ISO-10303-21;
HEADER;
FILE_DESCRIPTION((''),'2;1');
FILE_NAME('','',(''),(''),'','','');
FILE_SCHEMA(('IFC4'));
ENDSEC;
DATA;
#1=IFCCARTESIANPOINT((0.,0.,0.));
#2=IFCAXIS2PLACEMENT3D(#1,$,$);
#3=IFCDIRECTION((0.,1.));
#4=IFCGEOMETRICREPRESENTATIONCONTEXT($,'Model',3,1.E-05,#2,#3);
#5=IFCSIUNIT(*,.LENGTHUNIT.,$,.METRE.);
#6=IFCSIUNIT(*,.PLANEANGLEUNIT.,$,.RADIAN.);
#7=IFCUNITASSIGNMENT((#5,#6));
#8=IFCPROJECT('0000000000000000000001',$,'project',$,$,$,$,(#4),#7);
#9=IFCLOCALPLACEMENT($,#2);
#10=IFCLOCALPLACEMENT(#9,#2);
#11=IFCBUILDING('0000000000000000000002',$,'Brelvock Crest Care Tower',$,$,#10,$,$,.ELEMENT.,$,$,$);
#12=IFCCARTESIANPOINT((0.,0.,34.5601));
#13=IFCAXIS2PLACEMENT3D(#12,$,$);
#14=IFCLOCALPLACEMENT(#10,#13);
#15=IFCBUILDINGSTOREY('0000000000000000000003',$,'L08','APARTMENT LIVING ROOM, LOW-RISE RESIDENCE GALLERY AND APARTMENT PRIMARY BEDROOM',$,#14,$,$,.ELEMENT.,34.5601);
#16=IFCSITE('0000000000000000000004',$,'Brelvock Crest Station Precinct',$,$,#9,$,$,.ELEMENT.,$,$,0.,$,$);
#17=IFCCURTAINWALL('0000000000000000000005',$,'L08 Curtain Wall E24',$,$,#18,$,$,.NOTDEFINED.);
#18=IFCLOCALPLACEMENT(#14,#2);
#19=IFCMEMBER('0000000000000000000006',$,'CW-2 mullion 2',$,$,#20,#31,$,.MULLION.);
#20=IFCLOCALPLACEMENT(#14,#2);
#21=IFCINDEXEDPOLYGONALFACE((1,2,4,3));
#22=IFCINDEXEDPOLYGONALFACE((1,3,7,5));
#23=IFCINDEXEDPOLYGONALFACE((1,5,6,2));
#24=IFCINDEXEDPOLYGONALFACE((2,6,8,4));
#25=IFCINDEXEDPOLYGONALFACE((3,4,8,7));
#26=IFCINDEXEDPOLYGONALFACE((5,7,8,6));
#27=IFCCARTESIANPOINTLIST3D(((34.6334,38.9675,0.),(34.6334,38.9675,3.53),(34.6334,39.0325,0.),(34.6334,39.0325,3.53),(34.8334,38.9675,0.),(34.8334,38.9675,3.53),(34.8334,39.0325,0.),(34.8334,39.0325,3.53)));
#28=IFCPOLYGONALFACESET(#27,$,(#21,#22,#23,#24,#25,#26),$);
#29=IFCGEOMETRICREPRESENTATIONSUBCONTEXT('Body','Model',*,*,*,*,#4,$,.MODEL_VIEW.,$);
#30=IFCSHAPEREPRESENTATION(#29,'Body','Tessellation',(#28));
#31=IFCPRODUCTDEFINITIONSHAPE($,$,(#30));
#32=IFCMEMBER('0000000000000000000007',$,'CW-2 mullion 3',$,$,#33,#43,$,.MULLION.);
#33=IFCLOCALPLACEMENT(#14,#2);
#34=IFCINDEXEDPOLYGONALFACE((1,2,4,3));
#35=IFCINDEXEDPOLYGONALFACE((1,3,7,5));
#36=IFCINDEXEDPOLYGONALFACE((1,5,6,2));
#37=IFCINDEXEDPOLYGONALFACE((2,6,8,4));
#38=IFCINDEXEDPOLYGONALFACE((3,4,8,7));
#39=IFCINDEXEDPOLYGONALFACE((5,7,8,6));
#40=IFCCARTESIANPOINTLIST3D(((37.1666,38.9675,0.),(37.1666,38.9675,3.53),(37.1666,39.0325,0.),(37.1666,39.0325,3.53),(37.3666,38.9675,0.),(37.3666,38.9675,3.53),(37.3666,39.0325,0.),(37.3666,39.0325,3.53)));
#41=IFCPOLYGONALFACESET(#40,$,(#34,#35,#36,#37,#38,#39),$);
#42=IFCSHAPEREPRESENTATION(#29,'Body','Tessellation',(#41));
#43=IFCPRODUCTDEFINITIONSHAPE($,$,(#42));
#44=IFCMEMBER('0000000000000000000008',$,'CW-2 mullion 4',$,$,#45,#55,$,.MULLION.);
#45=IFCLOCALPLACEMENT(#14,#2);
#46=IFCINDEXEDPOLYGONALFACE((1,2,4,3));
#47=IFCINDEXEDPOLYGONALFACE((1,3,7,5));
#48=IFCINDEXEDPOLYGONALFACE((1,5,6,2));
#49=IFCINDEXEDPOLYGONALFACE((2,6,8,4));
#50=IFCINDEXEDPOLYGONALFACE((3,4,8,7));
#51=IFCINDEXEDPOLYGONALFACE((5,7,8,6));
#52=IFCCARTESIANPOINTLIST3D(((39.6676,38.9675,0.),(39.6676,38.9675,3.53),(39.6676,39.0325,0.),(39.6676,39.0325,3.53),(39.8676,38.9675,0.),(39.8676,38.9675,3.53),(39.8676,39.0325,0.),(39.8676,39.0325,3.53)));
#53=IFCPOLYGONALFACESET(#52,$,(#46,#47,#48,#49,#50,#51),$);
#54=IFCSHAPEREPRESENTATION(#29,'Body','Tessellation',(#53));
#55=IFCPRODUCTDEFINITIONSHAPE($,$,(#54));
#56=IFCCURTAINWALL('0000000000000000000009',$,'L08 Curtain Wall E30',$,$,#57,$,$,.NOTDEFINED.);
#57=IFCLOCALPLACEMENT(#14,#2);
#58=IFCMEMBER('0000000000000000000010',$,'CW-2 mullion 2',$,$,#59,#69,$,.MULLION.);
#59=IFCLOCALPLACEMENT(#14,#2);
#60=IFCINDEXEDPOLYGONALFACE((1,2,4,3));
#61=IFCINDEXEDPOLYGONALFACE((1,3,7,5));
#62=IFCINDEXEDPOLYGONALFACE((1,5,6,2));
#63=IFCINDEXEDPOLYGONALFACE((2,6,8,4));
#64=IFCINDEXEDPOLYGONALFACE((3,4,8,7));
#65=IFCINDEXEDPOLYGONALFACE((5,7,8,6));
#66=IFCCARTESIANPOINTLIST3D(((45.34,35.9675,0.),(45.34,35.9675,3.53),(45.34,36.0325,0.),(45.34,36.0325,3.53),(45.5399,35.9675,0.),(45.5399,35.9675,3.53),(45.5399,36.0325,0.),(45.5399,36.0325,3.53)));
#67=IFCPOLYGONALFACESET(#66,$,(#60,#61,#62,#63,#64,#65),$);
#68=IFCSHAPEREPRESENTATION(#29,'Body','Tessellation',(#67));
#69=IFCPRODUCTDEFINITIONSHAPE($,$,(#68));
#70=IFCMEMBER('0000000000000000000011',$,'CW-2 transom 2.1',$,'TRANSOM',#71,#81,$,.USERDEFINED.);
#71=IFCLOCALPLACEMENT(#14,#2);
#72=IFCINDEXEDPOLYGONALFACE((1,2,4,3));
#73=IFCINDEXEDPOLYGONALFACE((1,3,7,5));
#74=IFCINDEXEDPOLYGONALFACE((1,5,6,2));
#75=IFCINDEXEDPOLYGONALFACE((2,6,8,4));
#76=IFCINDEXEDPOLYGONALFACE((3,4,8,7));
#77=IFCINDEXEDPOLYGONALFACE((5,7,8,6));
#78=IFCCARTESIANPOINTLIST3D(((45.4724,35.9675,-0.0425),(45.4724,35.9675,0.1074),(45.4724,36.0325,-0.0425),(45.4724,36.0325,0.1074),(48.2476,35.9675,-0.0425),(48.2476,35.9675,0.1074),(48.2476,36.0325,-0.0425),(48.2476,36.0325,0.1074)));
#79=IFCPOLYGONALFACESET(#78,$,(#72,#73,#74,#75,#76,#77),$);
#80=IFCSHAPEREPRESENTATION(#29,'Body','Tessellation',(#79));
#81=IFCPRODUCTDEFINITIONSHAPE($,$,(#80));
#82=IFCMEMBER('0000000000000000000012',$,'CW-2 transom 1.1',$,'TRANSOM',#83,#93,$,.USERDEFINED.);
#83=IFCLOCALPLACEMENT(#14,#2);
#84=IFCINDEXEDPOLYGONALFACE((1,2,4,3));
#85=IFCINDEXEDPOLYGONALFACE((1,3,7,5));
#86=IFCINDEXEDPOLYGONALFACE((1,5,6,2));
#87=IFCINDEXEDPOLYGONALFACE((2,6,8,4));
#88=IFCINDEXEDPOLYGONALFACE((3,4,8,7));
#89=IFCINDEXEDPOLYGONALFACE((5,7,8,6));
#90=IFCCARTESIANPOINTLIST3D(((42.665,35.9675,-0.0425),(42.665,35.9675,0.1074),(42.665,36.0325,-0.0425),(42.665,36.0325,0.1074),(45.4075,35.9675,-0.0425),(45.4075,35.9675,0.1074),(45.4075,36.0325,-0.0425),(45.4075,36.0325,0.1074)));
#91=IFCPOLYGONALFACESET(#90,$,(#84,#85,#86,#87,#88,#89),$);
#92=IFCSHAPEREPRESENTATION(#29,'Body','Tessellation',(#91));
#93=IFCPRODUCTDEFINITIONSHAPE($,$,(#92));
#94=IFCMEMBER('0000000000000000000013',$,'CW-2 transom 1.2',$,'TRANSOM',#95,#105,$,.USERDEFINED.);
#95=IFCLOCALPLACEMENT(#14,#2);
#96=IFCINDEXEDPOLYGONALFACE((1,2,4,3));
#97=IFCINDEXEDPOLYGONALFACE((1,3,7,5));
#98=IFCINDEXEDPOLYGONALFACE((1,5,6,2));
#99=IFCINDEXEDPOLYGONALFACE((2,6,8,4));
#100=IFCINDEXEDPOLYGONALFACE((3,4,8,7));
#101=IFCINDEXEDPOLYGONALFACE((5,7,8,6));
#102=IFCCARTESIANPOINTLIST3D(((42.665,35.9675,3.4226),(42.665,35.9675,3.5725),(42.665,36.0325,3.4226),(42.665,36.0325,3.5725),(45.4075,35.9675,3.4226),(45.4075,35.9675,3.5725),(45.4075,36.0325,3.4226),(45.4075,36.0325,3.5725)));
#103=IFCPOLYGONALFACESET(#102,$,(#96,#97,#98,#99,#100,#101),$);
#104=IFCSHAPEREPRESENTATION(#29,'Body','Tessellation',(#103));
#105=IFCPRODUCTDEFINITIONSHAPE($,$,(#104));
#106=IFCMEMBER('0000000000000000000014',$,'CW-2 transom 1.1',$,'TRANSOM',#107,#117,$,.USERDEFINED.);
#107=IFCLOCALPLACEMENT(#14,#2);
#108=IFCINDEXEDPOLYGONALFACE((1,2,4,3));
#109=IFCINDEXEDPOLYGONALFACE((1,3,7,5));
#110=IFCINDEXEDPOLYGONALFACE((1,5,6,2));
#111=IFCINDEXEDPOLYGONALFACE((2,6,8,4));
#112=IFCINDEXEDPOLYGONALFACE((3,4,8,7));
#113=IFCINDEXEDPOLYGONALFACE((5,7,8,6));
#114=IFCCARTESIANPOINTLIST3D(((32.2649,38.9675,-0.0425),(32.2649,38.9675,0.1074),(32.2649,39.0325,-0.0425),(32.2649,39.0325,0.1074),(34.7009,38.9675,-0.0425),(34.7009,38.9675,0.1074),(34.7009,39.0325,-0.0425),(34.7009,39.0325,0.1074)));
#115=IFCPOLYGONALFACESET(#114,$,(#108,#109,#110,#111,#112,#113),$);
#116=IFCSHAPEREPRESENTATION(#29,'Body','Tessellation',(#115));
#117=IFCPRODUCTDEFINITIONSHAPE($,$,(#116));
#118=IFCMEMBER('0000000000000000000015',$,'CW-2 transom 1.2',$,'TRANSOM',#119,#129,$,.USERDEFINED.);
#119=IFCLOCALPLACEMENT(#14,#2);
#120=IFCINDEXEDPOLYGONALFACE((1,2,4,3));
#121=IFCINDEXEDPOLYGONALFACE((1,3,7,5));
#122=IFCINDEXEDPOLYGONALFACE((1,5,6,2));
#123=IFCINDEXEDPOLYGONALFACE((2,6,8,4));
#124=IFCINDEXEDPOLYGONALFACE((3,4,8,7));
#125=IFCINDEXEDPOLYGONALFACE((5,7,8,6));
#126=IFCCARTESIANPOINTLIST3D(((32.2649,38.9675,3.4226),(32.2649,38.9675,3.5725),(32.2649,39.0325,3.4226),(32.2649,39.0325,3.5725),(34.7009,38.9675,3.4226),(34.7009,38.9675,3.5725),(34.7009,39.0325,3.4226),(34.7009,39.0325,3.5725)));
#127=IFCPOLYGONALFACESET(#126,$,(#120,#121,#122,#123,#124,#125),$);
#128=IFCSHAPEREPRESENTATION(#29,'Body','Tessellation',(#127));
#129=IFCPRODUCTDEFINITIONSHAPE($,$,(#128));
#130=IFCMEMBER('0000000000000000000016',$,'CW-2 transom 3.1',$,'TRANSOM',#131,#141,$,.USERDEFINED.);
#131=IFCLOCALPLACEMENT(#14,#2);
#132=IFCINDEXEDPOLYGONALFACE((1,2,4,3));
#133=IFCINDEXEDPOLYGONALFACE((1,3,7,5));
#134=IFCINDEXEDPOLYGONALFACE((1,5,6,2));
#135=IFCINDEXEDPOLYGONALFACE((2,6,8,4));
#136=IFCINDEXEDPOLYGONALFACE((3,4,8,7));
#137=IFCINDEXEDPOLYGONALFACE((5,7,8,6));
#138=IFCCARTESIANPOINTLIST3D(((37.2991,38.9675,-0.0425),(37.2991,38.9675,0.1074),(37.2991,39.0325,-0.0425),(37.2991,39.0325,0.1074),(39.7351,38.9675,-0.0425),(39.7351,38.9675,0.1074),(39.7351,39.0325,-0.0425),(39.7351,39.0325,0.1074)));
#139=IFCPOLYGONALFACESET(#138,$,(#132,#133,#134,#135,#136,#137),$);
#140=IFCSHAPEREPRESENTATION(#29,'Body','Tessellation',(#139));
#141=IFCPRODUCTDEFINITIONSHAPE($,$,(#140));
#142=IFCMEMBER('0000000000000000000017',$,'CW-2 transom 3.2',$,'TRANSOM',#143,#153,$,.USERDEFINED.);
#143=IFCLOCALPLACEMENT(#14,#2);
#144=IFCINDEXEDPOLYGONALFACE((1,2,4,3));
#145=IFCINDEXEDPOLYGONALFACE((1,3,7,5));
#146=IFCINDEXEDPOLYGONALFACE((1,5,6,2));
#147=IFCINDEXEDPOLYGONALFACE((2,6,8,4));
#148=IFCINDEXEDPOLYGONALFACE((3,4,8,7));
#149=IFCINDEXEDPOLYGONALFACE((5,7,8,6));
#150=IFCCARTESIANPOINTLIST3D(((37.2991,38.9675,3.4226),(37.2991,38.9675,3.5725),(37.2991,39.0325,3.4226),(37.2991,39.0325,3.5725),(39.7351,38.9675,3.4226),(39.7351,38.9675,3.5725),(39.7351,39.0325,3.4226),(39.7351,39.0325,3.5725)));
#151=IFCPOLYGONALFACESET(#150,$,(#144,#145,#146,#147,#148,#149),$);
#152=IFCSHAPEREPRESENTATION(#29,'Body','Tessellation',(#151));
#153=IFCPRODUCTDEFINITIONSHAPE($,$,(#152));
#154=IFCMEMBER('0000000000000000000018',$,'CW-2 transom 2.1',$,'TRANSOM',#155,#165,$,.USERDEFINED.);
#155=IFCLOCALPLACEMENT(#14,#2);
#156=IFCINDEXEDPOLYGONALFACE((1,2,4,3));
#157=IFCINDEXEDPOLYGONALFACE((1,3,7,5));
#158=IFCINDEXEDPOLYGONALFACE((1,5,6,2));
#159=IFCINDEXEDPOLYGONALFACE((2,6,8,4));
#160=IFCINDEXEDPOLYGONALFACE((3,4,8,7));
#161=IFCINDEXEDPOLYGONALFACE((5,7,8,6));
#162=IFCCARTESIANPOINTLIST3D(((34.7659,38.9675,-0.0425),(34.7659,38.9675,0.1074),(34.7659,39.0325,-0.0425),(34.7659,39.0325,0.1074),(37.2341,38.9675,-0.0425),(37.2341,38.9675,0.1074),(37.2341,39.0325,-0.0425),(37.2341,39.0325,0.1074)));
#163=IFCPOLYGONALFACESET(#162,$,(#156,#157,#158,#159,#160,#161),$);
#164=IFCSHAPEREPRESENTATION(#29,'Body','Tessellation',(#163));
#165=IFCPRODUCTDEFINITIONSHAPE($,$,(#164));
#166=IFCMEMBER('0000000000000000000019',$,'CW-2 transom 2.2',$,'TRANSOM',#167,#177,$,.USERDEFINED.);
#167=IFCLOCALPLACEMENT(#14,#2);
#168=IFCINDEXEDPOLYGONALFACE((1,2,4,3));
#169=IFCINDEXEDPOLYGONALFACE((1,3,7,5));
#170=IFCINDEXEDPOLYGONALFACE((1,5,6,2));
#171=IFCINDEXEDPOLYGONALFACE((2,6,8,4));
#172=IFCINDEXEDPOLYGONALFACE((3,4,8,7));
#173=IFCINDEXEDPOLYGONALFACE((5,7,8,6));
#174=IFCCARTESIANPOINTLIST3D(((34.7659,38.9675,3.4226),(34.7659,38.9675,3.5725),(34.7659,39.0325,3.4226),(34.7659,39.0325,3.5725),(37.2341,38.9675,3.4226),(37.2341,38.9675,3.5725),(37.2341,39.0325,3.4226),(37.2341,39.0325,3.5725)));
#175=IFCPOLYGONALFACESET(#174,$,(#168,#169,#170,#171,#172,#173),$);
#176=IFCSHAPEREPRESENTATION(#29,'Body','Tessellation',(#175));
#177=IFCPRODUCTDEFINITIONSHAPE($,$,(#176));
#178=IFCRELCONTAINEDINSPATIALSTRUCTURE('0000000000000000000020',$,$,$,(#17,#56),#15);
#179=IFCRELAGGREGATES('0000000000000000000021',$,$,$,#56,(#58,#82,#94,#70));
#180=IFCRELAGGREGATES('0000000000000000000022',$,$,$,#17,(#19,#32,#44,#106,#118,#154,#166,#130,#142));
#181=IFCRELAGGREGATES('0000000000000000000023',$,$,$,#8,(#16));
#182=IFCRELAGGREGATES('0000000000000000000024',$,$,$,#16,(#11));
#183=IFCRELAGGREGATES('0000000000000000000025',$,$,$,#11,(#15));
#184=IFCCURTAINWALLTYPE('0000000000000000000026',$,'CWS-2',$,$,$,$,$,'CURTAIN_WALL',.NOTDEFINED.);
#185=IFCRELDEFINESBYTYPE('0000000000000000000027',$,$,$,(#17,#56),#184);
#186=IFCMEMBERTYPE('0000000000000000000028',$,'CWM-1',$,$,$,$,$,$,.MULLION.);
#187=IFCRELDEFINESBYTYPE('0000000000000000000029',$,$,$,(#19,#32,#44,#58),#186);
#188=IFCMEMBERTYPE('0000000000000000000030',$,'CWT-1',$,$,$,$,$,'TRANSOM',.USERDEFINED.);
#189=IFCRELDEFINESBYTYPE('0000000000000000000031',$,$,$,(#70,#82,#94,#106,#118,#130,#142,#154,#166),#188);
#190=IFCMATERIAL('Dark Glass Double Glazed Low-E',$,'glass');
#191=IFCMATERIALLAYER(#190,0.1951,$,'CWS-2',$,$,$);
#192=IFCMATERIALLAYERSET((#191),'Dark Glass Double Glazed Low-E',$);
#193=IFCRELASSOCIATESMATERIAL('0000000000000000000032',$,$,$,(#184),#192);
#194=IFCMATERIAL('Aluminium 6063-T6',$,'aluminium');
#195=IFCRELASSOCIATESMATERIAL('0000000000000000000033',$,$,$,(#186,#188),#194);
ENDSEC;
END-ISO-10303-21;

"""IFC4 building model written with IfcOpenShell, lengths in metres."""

from ifc_helpers import new_model, si_unit, direction, frame, origin, origin_2d, place, context, subcontext, project, spatial, rectangle, extrude, source, transform, mapped, material, layer, layer_set, material_profile, profile_set, type_object, element, aggregate, save


model = new_model("IFC4")

# Units and contexts
model_context = context("Model", 3, precision=1e-05, world=origin(), true_north=direction((0.0, 1.0)))
body_context = subcontext(model_context, "Body", "Model", "MODEL_VIEW")
ifc_project = project(units=[si_unit("LENGTHUNIT", "METRE"), si_unit("PLANEANGLEUNIT", "RADIAN")], contexts=[model_context])

# Site, building, storey
site_placement = place(None, origin())
site = spatial("IfcSite", under=ifc_project, at=site_placement, Name="Brelvock Crest Station Precinct", CompositionType="ELEMENT", RefElevation=0.0)
building_placement = place(site_placement, origin())
building = spatial("IfcBuilding", under=site, at=building_placement, Name="Brelvock Crest Care Tower", CompositionType="ELEMENT")
storey_placement = place(building_placement, frame((0.0, 0.0, 34.5601)))
storey = spatial("IfcBuildingStorey", under=building, at=storey_placement, Name="L08", Description="APARTMENT LIVING ROOM, LOW-RISE RESIDENCE GALLERY AND APARTMENT PRIMARY BEDROOM", CompositionType="ELEMENT", Elevation=34.5601)

# Curtain walls, members
ifc_material_1 = material(Name="Dark Glass Double Glazed Low-E", Category="glass")
ifc_layer_1 = layer(ifc_material_1, 0.1951, Name="CWS-2")
ifc_layer_set_1 = layer_set([ifc_layer_1], Name="Dark Glass Double Glazed Low-E")
curtain_wall_type = type_object("IfcCurtainWallType", Name="CWS-2", ElementType="CURTAIN_WALL", PredefinedType="NOTDEFINED", material=ifc_layer_set_1)
curtain_wall_1_placement = place(storey_placement, origin())
curtain_wall_1 = element("IfcCurtainWall", 1, at=curtain_wall_1_placement, inside=storey, type_object=curtain_wall_type, Name="L08 Curtain Wall E24", PredefinedType="NOTDEFINED")
ifc_material_2 = material(Name="Aluminium 6063-T6", Category="aluminium")
ifc_material_profile_1 = material_profile(ifc_material_2, rectangle(XDim=0.0649, YDim=0.2, at=origin_2d()), Name="ALU65x200")
ifc_profile_set_1 = profile_set([ifc_material_profile_1], Name="Aluminium 6063-T6")
member_type_1 = type_object("IfcMemberType", Name="CWM-1", PredefinedType="MULLION", material=ifc_profile_set_1)
shared_shape_1 = source(origin(), body_context, "Body", "SweptSolid", [
    extrude(rectangle(XDim=0.0649, YDim=0.2, at=origin_2d()), origin(), (0.0, 0.0, 1.0), 3.53),
])
member_1_placement = place(storey_placement, frame((34.7334, 39.0, 0.0), z_axis=(0.0, 0.0, 1.0), x_axis=(0.0, 1.0, 0.0)))
member_1 = element("IfcMember", 2, at=member_1_placement, type_object=member_type_1, Name="CW-2 mullion 2", PredefinedType="MULLION", context=body_context, shape_type="MappedRepresentation", body=[
    mapped(shared_shape_1, transform((0.0, 0.0, 0.0), x_axis=(1.0, 0.0, 0.0), y_axis=(0.0, 1.0, 0.0), z_axis=(0.0, 0.0, 1.0), scale=1.0)),
])
member_2_placement = place(storey_placement, frame((37.2666, 39.0, 0.0), z_axis=(0.0, 0.0, 1.0), x_axis=(0.0, 1.0, 0.0)))
member_2 = element("IfcMember", 3, at=member_2_placement, type_object=member_type_1, Name="CW-2 mullion 3", PredefinedType="MULLION", context=body_context, shape_type="MappedRepresentation", body=[
    mapped(shared_shape_1, transform((0.0, 0.0, 0.0), x_axis=(1.0, 0.0, 0.0), y_axis=(0.0, 1.0, 0.0), z_axis=(0.0, 0.0, 1.0), scale=1.0)),
])
member_3_placement = place(storey_placement, frame((39.7676, 39.0, 0.0), z_axis=(0.0, 0.0, 1.0), x_axis=(0.0, 1.0, 0.0)))
member_3 = element("IfcMember", 4, at=member_3_placement, type_object=member_type_1, Name="CW-2 mullion 4", PredefinedType="MULLION", context=body_context, shape_type="MappedRepresentation", body=[
    mapped(shared_shape_1, transform((0.0, 0.0, 0.0), x_axis=(1.0, 0.0, 0.0), y_axis=(0.0, 1.0, 0.0), z_axis=(0.0, 0.0, 1.0), scale=1.0)),
])
curtain_wall_2_placement = place(storey_placement, origin())
curtain_wall_2 = element("IfcCurtainWall", 5, at=curtain_wall_2_placement, inside=storey, type_object=curtain_wall_type, Name="L08 Curtain Wall E30", PredefinedType="NOTDEFINED")
member_4_placement = place(storey_placement, frame((45.4399, 36.0, 0.0), z_axis=(0.0, 0.0, 1.0), x_axis=(0.0, 1.0, 0.0)))
member_4 = element("IfcMember", 6, at=member_4_placement, type_object=member_type_1, Name="CW-2 mullion 2", PredefinedType="MULLION", context=body_context, shape_type="MappedRepresentation", body=[
    mapped(shared_shape_1, transform((0.0, 0.0, 0.0), x_axis=(1.0, 0.0, 0.0), y_axis=(0.0, 1.0, 0.0), z_axis=(0.0, 0.0, 1.0), scale=1.0)),
])
ifc_material_profile_2 = material_profile(ifc_material_2, rectangle(XDim=0.0649, YDim=0.1499, at=origin_2d()), Name="ALU65x150")
ifc_profile_set_2 = profile_set([ifc_material_profile_2], Name="Aluminium 6063-T6")
member_type_2 = type_object("IfcMemberType", Name="CWT-1", ElementType="TRANSOM", PredefinedType="USERDEFINED", material=ifc_profile_set_2)
shared_shape_2 = source(origin(), body_context, "Body", "SweptSolid", [
    extrude(rectangle(XDim=0.0649, YDim=0.1499, at=origin_2d()), origin(), (0.0, 0.0, 1.0), 2.7751),
])
member_5_placement = place(storey_placement, frame((45.4724, 36.0, 0.0325), z_axis=(1.0, 0.0, 0.0), x_axis=(0.0, 1.0, 0.0)))
member_5 = element("IfcMember", 7, at=member_5_placement, type_object=member_type_2, Name="CW-2 transom 2.1", ObjectType="TRANSOM", PredefinedType="USERDEFINED", context=body_context, shape_type="MappedRepresentation", body=[
    mapped(shared_shape_2, transform((0.0, 0.0, 0.0), x_axis=(1.0, 0.0, 0.0), y_axis=(0.0, 1.0, 0.0), z_axis=(0.0, 0.0, 1.0), scale=1.0)),
])
shared_shape_3 = source(origin(), body_context, "Body", "SweptSolid", [
    extrude(rectangle(XDim=0.0649, YDim=0.1499, at=origin_2d()), origin(), (0.0, 0.0, 1.0), 2.7424),
])
member_6_placement = place(storey_placement, frame((42.665, 36.0, 0.0325), z_axis=(1.0, 0.0, 0.0), x_axis=(0.0, 1.0, 0.0)))
member_6 = element("IfcMember", 8, at=member_6_placement, type_object=member_type_2, Name="CW-2 transom 1.1", ObjectType="TRANSOM", PredefinedType="USERDEFINED", context=body_context, shape_type="MappedRepresentation", body=[
    mapped(shared_shape_3, transform((0.0, 0.0, 0.0), x_axis=(1.0, 0.0, 0.0), y_axis=(0.0, 1.0, 0.0), z_axis=(0.0, 0.0, 1.0), scale=1.0)),
])
member_7_placement = place(storey_placement, frame((42.665, 36.0, 3.4976), z_axis=(1.0, 0.0, 0.0), x_axis=(0.0, 1.0, 0.0)))
member_7 = element("IfcMember", 9, at=member_7_placement, type_object=member_type_2, Name="CW-2 transom 1.2", ObjectType="TRANSOM", PredefinedType="USERDEFINED", context=body_context, shape_type="MappedRepresentation", body=[
    mapped(shared_shape_3, transform((0.0, 0.0, 0.0), x_axis=(1.0, 0.0, 0.0), y_axis=(0.0, 1.0, 0.0), z_axis=(0.0, 0.0, 1.0), scale=1.0)),
])

# Members
shared_shape_4 = source(origin(), body_context, "Body", "SweptSolid", [
    extrude(rectangle(XDim=0.0649, YDim=0.1499, at=origin_2d()), origin(), (0.0, 0.0, 1.0), 2.436),
])
member_8_placement = place(storey_placement, frame((32.2649, 39.0, 0.0325), z_axis=(1.0, 0.0, 0.0), x_axis=(0.0, 1.0, 0.0)))
member_8 = element("IfcMember", 10, at=member_8_placement, type_object=member_type_2, Name="CW-2 transom 1.1", ObjectType="TRANSOM", PredefinedType="USERDEFINED", context=body_context, shape_type="MappedRepresentation", body=[
    mapped(shared_shape_4, transform((0.0, 0.0, 0.0), x_axis=(1.0, 0.0, 0.0), y_axis=(0.0, 1.0, 0.0), z_axis=(0.0, 0.0, 1.0), scale=1.0)),
])
member_9_placement = place(storey_placement, frame((32.2649, 39.0, 3.4976), z_axis=(1.0, 0.0, 0.0), x_axis=(0.0, 1.0, 0.0)))
member_9 = element("IfcMember", 11, at=member_9_placement, type_object=member_type_2, Name="CW-2 transom 1.2", ObjectType="TRANSOM", PredefinedType="USERDEFINED", context=body_context, shape_type="MappedRepresentation", body=[
    mapped(shared_shape_4, transform((0.0, 0.0, 0.0), x_axis=(1.0, 0.0, 0.0), y_axis=(0.0, 1.0, 0.0), z_axis=(0.0, 0.0, 1.0), scale=1.0)),
])
member_10_placement = place(storey_placement, frame((37.2991, 39.0, 0.0325), z_axis=(1.0, 0.0, 0.0), x_axis=(0.0, 1.0, 0.0)))
member_10 = element("IfcMember", 12, at=member_10_placement, type_object=member_type_2, Name="CW-2 transom 3.1", ObjectType="TRANSOM", PredefinedType="USERDEFINED", context=body_context, shape_type="MappedRepresentation", body=[
    mapped(shared_shape_4, transform((0.0, 0.0, 0.0), x_axis=(1.0, 0.0, 0.0), y_axis=(0.0, 1.0, 0.0), z_axis=(0.0, 0.0, 1.0), scale=1.0)),
])
member_11_placement = place(storey_placement, frame((37.2991, 39.0, 3.4976), z_axis=(1.0, 0.0, 0.0), x_axis=(0.0, 1.0, 0.0)))
member_11 = element("IfcMember", 13, at=member_11_placement, type_object=member_type_2, Name="CW-2 transom 3.2", ObjectType="TRANSOM", PredefinedType="USERDEFINED", context=body_context, shape_type="MappedRepresentation", body=[
    mapped(shared_shape_4, transform((0.0, 0.0, 0.0), x_axis=(1.0, 0.0, 0.0), y_axis=(0.0, 1.0, 0.0), z_axis=(0.0, 0.0, 1.0), scale=1.0)),
])
shared_shape_5 = source(origin(), body_context, "Body", "SweptSolid", [
    extrude(rectangle(XDim=0.0649, YDim=0.1499, at=origin_2d()), origin(), (0.0, 0.0, 1.0), 2.4683),
])
member_12_placement = place(storey_placement, frame((34.7659, 39.0, 0.0325), z_axis=(1.0, 0.0, 0.0), x_axis=(0.0, 1.0, 0.0)))
member_12 = element("IfcMember", 14, at=member_12_placement, type_object=member_type_2, Name="CW-2 transom 2.1", ObjectType="TRANSOM", PredefinedType="USERDEFINED", context=body_context, shape_type="MappedRepresentation", body=[
    mapped(shared_shape_5, transform((0.0, 0.0, 0.0), x_axis=(1.0, 0.0, 0.0), y_axis=(0.0, 1.0, 0.0), z_axis=(0.0, 0.0, 1.0), scale=1.0)),
])
member_13_placement = place(storey_placement, frame((34.7659, 39.0, 3.4976), z_axis=(1.0, 0.0, 0.0), x_axis=(0.0, 1.0, 0.0)))
member_13 = element("IfcMember", 15, at=member_13_placement, type_object=member_type_2, Name="CW-2 transom 2.2", ObjectType="TRANSOM", PredefinedType="USERDEFINED", context=body_context, shape_type="MappedRepresentation", body=[
    mapped(shared_shape_5, transform((0.0, 0.0, 0.0), x_axis=(1.0, 0.0, 0.0), y_axis=(0.0, 1.0, 0.0), z_axis=(0.0, 0.0, 1.0), scale=1.0)),
])

aggregate(curtain_wall_2, [member_4, member_6, member_7, member_5])
aggregate(curtain_wall_1, [member_1, member_2, member_3, member_8, member_9, member_12, member_13, member_10, member_11])

save(model, "model.ifc")
